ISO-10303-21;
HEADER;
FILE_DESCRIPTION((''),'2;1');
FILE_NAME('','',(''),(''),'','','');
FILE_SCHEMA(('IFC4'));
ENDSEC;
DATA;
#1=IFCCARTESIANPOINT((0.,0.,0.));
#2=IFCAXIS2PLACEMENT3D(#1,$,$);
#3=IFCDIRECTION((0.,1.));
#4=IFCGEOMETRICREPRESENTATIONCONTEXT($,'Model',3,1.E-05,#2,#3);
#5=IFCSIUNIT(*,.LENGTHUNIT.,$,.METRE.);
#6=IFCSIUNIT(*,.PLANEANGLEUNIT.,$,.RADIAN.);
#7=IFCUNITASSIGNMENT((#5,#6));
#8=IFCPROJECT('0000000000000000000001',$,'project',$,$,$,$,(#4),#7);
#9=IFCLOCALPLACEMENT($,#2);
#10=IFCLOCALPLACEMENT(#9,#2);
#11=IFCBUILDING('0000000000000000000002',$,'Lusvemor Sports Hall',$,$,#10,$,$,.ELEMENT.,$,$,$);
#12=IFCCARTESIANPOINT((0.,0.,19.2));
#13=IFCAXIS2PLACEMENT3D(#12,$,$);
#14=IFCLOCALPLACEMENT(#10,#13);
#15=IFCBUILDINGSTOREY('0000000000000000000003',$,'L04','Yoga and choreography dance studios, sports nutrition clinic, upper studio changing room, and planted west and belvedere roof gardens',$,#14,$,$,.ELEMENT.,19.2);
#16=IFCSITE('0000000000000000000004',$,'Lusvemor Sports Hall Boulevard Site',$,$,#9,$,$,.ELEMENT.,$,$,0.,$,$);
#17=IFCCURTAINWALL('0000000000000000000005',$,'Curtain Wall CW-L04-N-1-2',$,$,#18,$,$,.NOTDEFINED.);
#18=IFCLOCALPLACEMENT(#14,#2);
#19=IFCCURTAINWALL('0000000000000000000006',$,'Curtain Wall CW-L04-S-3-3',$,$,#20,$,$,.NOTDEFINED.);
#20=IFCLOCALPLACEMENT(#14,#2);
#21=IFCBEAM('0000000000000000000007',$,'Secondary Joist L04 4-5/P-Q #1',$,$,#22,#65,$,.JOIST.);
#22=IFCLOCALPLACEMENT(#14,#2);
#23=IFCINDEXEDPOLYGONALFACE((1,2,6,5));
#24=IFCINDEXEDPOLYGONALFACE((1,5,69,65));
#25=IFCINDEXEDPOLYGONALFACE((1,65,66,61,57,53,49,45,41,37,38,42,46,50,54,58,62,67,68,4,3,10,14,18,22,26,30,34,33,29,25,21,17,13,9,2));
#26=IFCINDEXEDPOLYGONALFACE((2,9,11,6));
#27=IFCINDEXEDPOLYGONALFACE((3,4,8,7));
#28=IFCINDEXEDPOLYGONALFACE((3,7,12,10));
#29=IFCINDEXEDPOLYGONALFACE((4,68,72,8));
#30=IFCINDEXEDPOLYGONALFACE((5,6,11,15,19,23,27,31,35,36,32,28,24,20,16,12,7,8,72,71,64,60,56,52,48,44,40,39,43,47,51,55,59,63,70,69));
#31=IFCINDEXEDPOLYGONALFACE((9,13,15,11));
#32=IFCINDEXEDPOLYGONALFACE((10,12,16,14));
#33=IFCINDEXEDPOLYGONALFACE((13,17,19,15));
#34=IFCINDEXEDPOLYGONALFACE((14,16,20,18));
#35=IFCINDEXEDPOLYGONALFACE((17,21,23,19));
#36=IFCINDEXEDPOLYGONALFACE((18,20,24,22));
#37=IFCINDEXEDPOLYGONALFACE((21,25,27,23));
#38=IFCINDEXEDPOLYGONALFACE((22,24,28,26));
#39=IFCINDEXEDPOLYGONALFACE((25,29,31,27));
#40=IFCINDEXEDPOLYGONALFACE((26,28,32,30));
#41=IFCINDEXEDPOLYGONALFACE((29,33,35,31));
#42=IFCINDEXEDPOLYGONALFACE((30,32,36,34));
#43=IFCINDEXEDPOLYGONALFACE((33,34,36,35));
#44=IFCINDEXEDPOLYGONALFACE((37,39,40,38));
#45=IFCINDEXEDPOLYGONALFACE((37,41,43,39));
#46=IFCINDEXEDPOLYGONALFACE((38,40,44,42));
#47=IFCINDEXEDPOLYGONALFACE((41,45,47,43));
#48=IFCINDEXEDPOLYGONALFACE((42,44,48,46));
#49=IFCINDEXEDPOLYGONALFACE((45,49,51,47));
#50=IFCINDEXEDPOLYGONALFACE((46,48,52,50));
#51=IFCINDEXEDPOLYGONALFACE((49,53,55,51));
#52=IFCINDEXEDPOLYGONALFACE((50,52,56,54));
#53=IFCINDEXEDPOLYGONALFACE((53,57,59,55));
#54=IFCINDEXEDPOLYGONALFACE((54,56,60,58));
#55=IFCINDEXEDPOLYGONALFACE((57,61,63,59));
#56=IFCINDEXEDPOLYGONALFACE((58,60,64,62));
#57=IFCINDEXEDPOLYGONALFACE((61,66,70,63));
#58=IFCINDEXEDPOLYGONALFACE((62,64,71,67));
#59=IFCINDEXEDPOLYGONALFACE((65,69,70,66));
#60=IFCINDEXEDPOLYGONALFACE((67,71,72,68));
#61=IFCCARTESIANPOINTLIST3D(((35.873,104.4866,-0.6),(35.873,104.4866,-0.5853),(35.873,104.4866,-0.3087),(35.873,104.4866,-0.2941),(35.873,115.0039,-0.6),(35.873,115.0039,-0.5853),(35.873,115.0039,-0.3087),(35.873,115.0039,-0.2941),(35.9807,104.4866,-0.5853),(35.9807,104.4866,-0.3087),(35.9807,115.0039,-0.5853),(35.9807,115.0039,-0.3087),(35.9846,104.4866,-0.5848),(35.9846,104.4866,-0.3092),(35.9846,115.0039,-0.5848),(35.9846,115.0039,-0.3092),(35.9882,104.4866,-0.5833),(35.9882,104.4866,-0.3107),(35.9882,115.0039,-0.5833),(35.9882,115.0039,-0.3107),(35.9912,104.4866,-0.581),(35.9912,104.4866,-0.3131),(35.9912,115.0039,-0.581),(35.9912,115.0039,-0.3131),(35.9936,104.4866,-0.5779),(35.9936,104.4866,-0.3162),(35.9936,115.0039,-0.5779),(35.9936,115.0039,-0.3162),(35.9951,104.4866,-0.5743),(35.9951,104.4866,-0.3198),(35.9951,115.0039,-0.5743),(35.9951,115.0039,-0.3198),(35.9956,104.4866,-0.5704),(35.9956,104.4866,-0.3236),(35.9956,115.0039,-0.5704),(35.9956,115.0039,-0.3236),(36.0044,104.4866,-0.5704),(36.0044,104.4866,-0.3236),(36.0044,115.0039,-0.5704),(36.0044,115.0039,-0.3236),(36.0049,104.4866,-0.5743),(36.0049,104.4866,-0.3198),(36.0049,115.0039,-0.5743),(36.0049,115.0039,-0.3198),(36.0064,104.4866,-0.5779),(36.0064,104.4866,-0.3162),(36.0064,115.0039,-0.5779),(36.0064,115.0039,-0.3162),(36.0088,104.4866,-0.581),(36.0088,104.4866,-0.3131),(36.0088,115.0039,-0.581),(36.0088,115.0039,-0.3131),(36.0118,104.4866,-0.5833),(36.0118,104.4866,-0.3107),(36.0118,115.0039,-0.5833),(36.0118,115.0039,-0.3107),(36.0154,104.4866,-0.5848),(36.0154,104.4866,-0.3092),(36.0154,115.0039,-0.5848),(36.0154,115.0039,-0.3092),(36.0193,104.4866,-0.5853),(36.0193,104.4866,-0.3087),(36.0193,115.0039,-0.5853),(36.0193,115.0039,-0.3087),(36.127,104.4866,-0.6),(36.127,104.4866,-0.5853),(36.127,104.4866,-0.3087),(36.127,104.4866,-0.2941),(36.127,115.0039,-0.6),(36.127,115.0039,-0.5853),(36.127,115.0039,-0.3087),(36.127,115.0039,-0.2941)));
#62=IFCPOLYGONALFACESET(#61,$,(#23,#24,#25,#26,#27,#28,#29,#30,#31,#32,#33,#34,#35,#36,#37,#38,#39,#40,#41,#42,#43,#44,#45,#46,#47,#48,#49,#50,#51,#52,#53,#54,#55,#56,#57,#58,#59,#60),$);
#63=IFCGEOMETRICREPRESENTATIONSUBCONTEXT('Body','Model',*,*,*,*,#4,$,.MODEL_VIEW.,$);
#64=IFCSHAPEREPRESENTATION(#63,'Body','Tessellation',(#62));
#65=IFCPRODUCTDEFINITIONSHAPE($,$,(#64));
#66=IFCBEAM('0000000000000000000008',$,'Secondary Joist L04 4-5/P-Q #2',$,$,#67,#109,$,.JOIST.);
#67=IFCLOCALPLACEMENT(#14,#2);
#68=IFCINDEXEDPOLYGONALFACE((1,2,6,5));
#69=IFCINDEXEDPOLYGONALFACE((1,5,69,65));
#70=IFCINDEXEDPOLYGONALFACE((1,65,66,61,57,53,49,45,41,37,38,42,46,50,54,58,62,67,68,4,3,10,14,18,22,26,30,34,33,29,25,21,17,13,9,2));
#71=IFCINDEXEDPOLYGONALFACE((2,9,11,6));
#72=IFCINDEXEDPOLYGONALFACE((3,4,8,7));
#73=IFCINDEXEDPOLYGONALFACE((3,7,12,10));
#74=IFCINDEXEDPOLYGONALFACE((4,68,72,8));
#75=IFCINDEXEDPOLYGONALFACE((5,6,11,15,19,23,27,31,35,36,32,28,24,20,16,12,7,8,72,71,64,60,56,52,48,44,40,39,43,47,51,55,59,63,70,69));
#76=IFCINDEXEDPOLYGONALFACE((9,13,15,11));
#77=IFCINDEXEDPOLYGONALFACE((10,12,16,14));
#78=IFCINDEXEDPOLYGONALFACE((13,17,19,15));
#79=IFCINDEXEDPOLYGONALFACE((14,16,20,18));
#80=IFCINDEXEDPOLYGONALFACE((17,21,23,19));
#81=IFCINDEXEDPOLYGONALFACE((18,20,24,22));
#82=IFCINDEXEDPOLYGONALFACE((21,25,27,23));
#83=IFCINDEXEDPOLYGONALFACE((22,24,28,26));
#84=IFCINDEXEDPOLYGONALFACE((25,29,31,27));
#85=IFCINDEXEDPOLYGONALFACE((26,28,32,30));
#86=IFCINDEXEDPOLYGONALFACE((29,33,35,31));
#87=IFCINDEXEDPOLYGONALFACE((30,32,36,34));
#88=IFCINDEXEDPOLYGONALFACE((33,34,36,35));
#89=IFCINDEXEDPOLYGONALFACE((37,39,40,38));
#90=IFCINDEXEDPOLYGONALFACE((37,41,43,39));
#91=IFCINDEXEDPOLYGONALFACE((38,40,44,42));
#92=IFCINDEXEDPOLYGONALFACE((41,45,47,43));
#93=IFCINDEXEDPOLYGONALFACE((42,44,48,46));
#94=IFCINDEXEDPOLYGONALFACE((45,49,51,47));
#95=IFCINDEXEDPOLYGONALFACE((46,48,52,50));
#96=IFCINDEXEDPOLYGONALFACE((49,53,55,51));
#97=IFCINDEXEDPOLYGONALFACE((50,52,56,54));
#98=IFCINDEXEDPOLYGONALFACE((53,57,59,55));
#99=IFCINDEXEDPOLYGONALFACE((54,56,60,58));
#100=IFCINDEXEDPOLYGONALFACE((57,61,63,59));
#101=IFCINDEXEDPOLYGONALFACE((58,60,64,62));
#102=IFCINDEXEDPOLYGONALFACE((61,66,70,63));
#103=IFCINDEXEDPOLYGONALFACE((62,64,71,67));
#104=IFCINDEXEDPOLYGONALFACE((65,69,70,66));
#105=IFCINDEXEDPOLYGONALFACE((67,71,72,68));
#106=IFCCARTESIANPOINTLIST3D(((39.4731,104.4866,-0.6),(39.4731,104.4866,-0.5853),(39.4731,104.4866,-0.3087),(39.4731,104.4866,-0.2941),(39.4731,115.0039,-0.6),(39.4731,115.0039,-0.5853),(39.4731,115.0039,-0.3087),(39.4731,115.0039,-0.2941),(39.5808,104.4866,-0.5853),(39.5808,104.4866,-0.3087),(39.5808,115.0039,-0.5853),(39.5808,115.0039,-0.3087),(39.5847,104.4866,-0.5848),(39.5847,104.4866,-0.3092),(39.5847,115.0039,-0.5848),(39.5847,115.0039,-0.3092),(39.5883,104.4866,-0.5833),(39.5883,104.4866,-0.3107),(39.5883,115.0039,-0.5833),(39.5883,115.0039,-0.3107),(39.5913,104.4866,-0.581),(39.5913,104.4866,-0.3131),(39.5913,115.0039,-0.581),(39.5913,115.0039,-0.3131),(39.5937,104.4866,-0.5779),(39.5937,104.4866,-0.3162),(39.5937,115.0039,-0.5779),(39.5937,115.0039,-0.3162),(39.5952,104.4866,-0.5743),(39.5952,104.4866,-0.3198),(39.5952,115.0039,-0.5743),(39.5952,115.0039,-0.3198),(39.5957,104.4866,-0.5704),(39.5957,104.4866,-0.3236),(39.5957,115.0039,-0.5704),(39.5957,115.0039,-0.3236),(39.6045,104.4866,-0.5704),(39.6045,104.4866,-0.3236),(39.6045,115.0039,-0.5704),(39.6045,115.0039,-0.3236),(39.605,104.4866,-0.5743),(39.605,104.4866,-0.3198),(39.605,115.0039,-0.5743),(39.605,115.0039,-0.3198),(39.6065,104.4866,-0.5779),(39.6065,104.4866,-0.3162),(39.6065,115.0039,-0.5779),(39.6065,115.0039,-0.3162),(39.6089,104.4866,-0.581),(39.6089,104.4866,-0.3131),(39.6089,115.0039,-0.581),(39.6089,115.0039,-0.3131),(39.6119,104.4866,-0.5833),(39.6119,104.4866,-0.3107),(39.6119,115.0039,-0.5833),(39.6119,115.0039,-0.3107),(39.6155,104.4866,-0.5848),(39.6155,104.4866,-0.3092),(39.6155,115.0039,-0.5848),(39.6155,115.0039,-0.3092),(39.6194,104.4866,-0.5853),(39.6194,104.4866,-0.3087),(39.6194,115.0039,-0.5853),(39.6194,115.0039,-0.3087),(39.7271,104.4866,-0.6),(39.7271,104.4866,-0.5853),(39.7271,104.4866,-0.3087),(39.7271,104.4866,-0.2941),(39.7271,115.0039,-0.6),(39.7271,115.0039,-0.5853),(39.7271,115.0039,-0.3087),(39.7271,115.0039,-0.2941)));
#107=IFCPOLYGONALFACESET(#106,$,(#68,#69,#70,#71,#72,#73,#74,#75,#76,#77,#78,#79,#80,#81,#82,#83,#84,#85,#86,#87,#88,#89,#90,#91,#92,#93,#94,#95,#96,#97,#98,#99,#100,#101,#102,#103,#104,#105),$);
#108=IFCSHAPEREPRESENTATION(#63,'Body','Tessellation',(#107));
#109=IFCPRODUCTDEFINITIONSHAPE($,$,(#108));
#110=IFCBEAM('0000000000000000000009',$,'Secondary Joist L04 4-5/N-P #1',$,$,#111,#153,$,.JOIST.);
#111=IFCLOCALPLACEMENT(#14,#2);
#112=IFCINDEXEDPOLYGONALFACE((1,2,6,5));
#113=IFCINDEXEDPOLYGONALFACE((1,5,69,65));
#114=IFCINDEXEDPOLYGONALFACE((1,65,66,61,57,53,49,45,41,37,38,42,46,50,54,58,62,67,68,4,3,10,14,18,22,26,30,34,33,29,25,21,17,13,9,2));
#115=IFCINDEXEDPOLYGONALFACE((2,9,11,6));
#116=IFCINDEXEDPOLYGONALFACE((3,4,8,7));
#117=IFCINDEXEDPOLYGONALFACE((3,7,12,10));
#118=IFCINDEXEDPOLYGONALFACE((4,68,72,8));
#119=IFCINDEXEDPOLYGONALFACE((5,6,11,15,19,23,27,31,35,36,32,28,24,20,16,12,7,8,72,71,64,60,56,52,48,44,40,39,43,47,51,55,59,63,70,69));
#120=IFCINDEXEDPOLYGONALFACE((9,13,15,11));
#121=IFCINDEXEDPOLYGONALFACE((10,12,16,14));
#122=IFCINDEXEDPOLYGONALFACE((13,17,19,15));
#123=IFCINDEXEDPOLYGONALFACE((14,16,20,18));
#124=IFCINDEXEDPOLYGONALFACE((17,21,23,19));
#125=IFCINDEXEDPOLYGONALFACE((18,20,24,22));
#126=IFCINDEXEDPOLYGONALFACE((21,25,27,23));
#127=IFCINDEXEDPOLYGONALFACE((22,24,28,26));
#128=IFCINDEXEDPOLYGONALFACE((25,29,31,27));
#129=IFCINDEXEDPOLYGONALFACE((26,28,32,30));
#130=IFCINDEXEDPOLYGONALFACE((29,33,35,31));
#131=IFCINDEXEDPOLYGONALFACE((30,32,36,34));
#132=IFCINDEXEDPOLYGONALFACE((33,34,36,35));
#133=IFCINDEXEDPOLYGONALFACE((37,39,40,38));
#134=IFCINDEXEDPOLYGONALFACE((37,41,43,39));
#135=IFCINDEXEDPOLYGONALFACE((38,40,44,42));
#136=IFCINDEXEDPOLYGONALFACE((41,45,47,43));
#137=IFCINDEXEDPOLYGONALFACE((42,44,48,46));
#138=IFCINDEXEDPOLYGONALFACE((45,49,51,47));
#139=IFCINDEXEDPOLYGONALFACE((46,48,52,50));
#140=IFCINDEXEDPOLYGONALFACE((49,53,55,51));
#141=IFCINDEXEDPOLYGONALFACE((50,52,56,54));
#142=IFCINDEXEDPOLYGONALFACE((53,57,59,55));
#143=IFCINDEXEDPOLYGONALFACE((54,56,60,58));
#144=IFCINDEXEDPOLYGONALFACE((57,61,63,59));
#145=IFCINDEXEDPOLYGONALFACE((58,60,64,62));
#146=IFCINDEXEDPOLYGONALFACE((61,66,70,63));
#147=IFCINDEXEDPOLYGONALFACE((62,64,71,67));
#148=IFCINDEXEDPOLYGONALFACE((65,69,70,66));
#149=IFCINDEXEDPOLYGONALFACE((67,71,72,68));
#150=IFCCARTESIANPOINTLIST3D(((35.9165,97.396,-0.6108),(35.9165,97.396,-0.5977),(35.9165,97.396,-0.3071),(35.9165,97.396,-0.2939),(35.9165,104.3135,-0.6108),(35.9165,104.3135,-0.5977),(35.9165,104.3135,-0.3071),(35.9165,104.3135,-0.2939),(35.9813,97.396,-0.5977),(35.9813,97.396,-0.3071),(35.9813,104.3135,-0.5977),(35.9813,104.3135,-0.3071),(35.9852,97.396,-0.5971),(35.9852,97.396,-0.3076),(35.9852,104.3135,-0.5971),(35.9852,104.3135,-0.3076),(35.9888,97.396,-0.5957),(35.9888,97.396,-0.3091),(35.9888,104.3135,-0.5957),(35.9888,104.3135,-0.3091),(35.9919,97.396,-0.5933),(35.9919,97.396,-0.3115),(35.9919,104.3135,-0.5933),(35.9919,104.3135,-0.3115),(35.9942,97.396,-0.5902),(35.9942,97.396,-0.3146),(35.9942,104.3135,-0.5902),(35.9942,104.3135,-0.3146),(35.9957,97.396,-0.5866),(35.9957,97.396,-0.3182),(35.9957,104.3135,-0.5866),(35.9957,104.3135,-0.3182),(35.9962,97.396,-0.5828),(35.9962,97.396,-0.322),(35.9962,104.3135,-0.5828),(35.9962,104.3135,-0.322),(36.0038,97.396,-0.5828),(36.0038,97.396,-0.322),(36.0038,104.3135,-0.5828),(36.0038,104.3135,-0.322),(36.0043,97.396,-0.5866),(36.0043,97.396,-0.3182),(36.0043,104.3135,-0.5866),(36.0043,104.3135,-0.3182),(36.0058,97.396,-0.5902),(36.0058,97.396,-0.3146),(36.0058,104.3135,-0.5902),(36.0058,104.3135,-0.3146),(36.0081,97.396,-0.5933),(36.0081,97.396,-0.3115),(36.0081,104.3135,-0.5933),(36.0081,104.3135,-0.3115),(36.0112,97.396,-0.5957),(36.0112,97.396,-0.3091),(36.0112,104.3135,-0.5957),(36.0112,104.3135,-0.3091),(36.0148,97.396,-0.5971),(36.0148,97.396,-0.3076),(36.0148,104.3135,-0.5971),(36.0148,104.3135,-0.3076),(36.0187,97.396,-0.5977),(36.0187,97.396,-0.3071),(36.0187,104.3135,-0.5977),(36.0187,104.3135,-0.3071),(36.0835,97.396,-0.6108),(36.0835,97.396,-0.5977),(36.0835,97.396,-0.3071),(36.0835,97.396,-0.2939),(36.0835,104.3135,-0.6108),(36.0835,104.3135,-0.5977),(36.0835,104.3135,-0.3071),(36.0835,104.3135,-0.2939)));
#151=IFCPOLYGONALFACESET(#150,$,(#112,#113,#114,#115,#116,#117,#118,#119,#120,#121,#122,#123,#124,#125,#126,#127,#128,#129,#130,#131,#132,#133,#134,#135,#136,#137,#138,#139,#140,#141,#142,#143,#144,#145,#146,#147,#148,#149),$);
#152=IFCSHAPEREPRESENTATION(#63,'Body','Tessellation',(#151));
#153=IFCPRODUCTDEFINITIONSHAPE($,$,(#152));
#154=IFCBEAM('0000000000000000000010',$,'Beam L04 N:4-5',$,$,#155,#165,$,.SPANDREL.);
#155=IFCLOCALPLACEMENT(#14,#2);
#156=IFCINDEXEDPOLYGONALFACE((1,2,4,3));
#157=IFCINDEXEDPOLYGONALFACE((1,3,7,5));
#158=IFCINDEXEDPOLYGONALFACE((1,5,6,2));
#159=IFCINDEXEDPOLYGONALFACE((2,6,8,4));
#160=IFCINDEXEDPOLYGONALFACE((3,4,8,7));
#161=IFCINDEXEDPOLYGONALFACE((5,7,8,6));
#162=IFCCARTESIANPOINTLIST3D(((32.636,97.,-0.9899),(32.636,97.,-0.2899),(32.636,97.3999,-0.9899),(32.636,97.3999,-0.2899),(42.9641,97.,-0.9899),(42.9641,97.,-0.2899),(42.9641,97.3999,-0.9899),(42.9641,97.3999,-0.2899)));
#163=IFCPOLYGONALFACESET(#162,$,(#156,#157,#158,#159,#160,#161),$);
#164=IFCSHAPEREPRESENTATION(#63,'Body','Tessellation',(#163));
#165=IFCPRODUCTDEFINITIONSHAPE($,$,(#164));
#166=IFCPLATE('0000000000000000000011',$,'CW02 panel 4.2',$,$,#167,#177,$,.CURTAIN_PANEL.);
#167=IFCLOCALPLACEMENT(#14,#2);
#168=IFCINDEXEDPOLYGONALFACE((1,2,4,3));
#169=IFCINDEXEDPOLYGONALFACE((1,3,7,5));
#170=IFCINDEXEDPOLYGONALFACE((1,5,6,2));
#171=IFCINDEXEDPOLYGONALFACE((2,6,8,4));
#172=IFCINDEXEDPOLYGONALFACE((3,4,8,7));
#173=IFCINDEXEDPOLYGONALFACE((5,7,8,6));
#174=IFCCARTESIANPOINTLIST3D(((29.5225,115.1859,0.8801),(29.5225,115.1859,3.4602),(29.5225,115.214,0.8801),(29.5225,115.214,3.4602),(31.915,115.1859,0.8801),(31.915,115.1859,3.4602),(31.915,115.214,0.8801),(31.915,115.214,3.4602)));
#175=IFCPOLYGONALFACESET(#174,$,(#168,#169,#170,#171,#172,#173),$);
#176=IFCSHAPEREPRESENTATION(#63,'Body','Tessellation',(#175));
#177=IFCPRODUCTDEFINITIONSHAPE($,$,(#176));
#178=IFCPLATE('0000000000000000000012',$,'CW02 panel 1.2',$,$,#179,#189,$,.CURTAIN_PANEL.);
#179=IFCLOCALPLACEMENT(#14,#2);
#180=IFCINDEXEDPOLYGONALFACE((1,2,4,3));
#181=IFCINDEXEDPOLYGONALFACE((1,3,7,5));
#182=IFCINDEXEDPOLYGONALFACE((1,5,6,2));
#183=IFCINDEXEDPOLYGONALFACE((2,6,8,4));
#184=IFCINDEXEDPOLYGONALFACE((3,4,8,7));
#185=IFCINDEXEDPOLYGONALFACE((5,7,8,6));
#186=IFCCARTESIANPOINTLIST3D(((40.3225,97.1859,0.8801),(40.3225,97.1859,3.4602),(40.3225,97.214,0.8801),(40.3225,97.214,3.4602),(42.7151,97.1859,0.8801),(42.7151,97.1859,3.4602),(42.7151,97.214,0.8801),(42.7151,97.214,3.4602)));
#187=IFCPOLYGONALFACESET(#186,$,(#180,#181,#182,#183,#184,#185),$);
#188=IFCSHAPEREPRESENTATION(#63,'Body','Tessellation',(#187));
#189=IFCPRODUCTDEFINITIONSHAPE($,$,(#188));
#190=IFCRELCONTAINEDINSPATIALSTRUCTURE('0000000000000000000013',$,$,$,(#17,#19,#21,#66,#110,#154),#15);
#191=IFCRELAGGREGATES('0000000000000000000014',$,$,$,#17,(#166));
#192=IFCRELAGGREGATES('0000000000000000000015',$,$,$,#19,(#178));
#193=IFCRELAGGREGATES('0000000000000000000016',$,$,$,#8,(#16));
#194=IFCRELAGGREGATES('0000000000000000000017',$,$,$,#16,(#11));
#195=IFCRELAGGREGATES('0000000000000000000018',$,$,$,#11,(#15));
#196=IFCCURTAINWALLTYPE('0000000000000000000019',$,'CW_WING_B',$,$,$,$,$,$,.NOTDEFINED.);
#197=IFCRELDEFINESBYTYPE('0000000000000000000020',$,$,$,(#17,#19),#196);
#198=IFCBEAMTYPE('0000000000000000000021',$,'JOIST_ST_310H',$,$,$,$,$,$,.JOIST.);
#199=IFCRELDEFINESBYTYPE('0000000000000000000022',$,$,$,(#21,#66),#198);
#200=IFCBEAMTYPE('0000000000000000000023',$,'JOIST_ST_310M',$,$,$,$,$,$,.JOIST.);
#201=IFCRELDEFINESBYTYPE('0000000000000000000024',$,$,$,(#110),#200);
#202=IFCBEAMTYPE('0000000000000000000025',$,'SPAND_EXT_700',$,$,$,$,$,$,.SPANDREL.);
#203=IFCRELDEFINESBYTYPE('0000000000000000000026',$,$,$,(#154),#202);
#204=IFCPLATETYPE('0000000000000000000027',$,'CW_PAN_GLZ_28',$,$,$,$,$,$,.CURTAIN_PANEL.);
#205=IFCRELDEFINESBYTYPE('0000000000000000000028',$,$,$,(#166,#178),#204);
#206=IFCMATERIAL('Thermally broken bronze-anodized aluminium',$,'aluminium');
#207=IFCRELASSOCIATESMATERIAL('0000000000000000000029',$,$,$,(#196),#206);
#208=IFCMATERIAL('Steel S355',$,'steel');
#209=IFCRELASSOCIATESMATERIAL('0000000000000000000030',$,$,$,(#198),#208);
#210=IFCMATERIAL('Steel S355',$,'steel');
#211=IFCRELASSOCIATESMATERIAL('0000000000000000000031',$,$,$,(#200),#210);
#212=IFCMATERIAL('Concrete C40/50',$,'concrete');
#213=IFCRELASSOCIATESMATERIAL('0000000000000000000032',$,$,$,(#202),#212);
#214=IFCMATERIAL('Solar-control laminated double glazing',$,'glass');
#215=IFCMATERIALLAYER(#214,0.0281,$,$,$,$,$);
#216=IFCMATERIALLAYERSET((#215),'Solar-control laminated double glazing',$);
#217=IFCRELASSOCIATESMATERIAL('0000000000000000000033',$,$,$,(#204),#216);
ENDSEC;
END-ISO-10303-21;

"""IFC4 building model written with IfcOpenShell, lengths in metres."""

from ifc_helpers import new_model, si_unit, direction, frame, origin, origin_2d, place, context, subcontext, project, spatial, rectangle, i_section, extrude, material, layer, layer_set, material_profile, profile_set, type_object, element, aggregate, save


model = new_model("IFC4")

# Units and contexts
model_context = context("Model", 3, precision=1e-05, world=origin(), true_north=direction((0.0, 1.0)))
body_context = subcontext(model_context, "Body", "Model", "MODEL_VIEW")
ifc_project = project(units=[si_unit("LENGTHUNIT", "METRE"), si_unit("PLANEANGLEUNIT", "RADIAN")], contexts=[model_context])

# Site, building, storey
site_placement = place(None, origin())
site = spatial("IfcSite", under=ifc_project, at=site_placement, Name="Lusvemor Sports Hall Boulevard Site", CompositionType="ELEMENT", RefElevation=0.0)
building_placement = place(site_placement, origin())
building = spatial("IfcBuilding", under=site, at=building_placement, Name="Lusvemor Sports Hall", CompositionType="ELEMENT")
storey_placement = place(building_placement, frame((0.0, 0.0, 19.2)))
storey = spatial("IfcBuildingStorey", under=building, at=storey_placement, Name="L04", Description="Yoga and choreography dance studios, sports nutrition clinic, upper studio changing room, and planted west and belvedere roof gardens", CompositionType="ELEMENT", Elevation=19.2)

# Curtain wall
ifc_material_1 = material(Name="Thermally broken bronze-anodized aluminium", Category="aluminium")
curtain_wall_type = type_object("IfcCurtainWallType", Name="CW_WING_B", PredefinedType="NOTDEFINED", material=ifc_material_1)
curtain_wall_1_placement = place(storey_placement, origin())
curtain_wall_1 = element("IfcCurtainWall", 1, at=curtain_wall_1_placement, inside=storey, type_object=curtain_wall_type, Name="Curtain Wall CW-L04-N-1-2", PredefinedType="NOTDEFINED")

# Curtain wall
curtain_wall_2_placement = place(storey_placement, origin())
curtain_wall_2 = element("IfcCurtainWall", 2, at=curtain_wall_2_placement, inside=storey, type_object=curtain_wall_type, Name="Curtain Wall CW-L04-S-3-3", PredefinedType="NOTDEFINED")

# Beams
ifc_material_2 = material(Name="Steel S355", Category="steel")
ifc_material_profile_1 = material_profile(ifc_material_2, i_section(OverallWidth=0.2539, OverallDepth=0.3059, WebThickness=0.0088, FlangeThickness=0.0146, FilletRadius=0.0149, at=origin_2d()), Name="W310x79.0")
ifc_profile_set_1 = profile_set([ifc_material_profile_1], Name="Steel S355")
beam_type_1 = type_object("IfcBeamType", Name="JOIST_ST_310H", PredefinedType="JOIST", material=ifc_profile_set_1)
for number, where, z_axis, x_axis, name in (
    (3, (36.0, 104.4866, -0.447), (0.0, 1.0, 0.0), (-1.0, 0.0, 0.0), "Secondary Joist L04 4-5/P-Q #1"),
    (4, (39.6001, 104.4866, -0.447), (0.0, 1.0, 0.0), (-1.0, 0.0, 0.0), "Secondary Joist L04 4-5/P-Q #2"),
):
    element("IfcBeam", number, at=place(storey_placement, frame(where, z_axis=z_axis, x_axis=x_axis)), inside=storey, type_object=beam_type_1, Name=name, PredefinedType="JOIST", context=body_context, shape_type="SweptSolid", body=[
        extrude(i_section(OverallWidth=0.2539, OverallDepth=0.3059, WebThickness=0.0088, FlangeThickness=0.0146, FilletRadius=0.0149, at=origin_2d()), origin(), (0.0, 0.0, 1.0), 10.5173),
    ])
ifc_material_3 = material(Name="Steel S355", Category="steel")
ifc_material_profile_2 = material_profile(ifc_material_3, i_section(OverallWidth=0.167, OverallDepth=0.3169, WebThickness=0.0076, FlangeThickness=0.0132, FilletRadius=0.0149, at=origin_2d()), Name="W310x52.0")
ifc_profile_set_2 = profile_set([ifc_material_profile_2], Name="Steel S355")
beam_type_2 = type_object("IfcBeamType", Name="JOIST_ST_310M", PredefinedType="JOIST", material=ifc_profile_set_2)
beam_1_placement = place(storey_placement, frame((36.0, 97.396, -0.4524), z_axis=(0.0, 1.0, 0.0), x_axis=(-1.0, 0.0, 0.0)))
element("IfcBeam", 5, at=beam_1_placement, inside=storey, type_object=beam_type_2, Name="Secondary Joist L04 4-5/N-P #1", PredefinedType="JOIST", context=body_context, shape_type="SweptSolid", body=[
    extrude(i_section(OverallWidth=0.167, OverallDepth=0.3169, WebThickness=0.0076, FlangeThickness=0.0132, FilletRadius=0.0149, at=origin_2d()), origin(), (0.0, 0.0, 1.0), 6.9175),
])
ifc_material_4 = material(Name="Concrete C40/50", Category="concrete")
ifc_material_profile_3 = material_profile(ifc_material_4, rectangle(XDim=0.3999, YDim=0.7, at=origin_2d()), Name="RC400x700")
ifc_profile_set_3 = profile_set([ifc_material_profile_3], Name="Concrete C40/50")
beam_type_3 = type_object("IfcBeamType", Name="SPAND_EXT_700", PredefinedType="SPANDREL", material=ifc_profile_set_3)
beam_2_placement = place(storey_placement, frame((32.636, 97.2, -0.6399), z_axis=(1.0, 0.0, 0.0), x_axis=(0.0, 1.0, 0.0)))
element("IfcBeam", 6, at=beam_2_placement, inside=storey, type_object=beam_type_3, Name="Beam L04 N:4-5", PredefinedType="SPANDREL", context=body_context, shape_type="SweptSolid", body=[
    extrude(rectangle(XDim=0.3999, YDim=0.7, at=origin_2d()), origin(), (0.0, 0.0, 1.0), 10.3281),
])

# Plates
ifc_material_5 = material(Name="Solar-control laminated double glazing", Category="glass")
ifc_layer_1 = layer(ifc_material_5, 0.0281)
ifc_layer_set_1 = layer_set([ifc_layer_1], Name="Solar-control laminated double glazing")
plate_type_1 = type_object("IfcPlateType", Name="CW_PAN_GLZ_28", PredefinedType="CURTAIN_PANEL", material=ifc_layer_set_1)
plate_1_placement = place(storey_placement, frame((30.7188, 115.2, 0.8801), z_axis=(0.0, 0.0, 1.0), x_axis=(1.0, 0.0, 0.0)))
plate_1 = element("IfcPlate", 7, at=plate_1_placement, type_object=plate_type_1, Name="CW02 panel 4.2", PredefinedType="CURTAIN_PANEL", context=body_context, shape_type="SweptSolid", body=[
    extrude(rectangle(XDim=2.3926, YDim=0.0281, at=origin_2d()), origin(), (0.0, 0.0, 1.0), 2.5801),
])
plate_2_placement = place(storey_placement, frame((41.5188, 97.2, 0.8801), z_axis=(0.0, 0.0, 1.0), x_axis=(-1.0, 0.0, 0.0)))
plate_2 = element("IfcPlate", 8, at=plate_2_placement, type_object=plate_type_1, Name="CW02 panel 1.2", PredefinedType="CURTAIN_PANEL", context=body_context, shape_type="SweptSolid", body=[
    extrude(rectangle(XDim=2.3926, YDim=0.0281, at=origin_2d()), origin(), (0.0, 0.0, 1.0), 2.5801),
])
aggregate(curtain_wall_1, [plate_1])
aggregate(curtain_wall_2, [plate_2])

save(model, "model.ifc")
